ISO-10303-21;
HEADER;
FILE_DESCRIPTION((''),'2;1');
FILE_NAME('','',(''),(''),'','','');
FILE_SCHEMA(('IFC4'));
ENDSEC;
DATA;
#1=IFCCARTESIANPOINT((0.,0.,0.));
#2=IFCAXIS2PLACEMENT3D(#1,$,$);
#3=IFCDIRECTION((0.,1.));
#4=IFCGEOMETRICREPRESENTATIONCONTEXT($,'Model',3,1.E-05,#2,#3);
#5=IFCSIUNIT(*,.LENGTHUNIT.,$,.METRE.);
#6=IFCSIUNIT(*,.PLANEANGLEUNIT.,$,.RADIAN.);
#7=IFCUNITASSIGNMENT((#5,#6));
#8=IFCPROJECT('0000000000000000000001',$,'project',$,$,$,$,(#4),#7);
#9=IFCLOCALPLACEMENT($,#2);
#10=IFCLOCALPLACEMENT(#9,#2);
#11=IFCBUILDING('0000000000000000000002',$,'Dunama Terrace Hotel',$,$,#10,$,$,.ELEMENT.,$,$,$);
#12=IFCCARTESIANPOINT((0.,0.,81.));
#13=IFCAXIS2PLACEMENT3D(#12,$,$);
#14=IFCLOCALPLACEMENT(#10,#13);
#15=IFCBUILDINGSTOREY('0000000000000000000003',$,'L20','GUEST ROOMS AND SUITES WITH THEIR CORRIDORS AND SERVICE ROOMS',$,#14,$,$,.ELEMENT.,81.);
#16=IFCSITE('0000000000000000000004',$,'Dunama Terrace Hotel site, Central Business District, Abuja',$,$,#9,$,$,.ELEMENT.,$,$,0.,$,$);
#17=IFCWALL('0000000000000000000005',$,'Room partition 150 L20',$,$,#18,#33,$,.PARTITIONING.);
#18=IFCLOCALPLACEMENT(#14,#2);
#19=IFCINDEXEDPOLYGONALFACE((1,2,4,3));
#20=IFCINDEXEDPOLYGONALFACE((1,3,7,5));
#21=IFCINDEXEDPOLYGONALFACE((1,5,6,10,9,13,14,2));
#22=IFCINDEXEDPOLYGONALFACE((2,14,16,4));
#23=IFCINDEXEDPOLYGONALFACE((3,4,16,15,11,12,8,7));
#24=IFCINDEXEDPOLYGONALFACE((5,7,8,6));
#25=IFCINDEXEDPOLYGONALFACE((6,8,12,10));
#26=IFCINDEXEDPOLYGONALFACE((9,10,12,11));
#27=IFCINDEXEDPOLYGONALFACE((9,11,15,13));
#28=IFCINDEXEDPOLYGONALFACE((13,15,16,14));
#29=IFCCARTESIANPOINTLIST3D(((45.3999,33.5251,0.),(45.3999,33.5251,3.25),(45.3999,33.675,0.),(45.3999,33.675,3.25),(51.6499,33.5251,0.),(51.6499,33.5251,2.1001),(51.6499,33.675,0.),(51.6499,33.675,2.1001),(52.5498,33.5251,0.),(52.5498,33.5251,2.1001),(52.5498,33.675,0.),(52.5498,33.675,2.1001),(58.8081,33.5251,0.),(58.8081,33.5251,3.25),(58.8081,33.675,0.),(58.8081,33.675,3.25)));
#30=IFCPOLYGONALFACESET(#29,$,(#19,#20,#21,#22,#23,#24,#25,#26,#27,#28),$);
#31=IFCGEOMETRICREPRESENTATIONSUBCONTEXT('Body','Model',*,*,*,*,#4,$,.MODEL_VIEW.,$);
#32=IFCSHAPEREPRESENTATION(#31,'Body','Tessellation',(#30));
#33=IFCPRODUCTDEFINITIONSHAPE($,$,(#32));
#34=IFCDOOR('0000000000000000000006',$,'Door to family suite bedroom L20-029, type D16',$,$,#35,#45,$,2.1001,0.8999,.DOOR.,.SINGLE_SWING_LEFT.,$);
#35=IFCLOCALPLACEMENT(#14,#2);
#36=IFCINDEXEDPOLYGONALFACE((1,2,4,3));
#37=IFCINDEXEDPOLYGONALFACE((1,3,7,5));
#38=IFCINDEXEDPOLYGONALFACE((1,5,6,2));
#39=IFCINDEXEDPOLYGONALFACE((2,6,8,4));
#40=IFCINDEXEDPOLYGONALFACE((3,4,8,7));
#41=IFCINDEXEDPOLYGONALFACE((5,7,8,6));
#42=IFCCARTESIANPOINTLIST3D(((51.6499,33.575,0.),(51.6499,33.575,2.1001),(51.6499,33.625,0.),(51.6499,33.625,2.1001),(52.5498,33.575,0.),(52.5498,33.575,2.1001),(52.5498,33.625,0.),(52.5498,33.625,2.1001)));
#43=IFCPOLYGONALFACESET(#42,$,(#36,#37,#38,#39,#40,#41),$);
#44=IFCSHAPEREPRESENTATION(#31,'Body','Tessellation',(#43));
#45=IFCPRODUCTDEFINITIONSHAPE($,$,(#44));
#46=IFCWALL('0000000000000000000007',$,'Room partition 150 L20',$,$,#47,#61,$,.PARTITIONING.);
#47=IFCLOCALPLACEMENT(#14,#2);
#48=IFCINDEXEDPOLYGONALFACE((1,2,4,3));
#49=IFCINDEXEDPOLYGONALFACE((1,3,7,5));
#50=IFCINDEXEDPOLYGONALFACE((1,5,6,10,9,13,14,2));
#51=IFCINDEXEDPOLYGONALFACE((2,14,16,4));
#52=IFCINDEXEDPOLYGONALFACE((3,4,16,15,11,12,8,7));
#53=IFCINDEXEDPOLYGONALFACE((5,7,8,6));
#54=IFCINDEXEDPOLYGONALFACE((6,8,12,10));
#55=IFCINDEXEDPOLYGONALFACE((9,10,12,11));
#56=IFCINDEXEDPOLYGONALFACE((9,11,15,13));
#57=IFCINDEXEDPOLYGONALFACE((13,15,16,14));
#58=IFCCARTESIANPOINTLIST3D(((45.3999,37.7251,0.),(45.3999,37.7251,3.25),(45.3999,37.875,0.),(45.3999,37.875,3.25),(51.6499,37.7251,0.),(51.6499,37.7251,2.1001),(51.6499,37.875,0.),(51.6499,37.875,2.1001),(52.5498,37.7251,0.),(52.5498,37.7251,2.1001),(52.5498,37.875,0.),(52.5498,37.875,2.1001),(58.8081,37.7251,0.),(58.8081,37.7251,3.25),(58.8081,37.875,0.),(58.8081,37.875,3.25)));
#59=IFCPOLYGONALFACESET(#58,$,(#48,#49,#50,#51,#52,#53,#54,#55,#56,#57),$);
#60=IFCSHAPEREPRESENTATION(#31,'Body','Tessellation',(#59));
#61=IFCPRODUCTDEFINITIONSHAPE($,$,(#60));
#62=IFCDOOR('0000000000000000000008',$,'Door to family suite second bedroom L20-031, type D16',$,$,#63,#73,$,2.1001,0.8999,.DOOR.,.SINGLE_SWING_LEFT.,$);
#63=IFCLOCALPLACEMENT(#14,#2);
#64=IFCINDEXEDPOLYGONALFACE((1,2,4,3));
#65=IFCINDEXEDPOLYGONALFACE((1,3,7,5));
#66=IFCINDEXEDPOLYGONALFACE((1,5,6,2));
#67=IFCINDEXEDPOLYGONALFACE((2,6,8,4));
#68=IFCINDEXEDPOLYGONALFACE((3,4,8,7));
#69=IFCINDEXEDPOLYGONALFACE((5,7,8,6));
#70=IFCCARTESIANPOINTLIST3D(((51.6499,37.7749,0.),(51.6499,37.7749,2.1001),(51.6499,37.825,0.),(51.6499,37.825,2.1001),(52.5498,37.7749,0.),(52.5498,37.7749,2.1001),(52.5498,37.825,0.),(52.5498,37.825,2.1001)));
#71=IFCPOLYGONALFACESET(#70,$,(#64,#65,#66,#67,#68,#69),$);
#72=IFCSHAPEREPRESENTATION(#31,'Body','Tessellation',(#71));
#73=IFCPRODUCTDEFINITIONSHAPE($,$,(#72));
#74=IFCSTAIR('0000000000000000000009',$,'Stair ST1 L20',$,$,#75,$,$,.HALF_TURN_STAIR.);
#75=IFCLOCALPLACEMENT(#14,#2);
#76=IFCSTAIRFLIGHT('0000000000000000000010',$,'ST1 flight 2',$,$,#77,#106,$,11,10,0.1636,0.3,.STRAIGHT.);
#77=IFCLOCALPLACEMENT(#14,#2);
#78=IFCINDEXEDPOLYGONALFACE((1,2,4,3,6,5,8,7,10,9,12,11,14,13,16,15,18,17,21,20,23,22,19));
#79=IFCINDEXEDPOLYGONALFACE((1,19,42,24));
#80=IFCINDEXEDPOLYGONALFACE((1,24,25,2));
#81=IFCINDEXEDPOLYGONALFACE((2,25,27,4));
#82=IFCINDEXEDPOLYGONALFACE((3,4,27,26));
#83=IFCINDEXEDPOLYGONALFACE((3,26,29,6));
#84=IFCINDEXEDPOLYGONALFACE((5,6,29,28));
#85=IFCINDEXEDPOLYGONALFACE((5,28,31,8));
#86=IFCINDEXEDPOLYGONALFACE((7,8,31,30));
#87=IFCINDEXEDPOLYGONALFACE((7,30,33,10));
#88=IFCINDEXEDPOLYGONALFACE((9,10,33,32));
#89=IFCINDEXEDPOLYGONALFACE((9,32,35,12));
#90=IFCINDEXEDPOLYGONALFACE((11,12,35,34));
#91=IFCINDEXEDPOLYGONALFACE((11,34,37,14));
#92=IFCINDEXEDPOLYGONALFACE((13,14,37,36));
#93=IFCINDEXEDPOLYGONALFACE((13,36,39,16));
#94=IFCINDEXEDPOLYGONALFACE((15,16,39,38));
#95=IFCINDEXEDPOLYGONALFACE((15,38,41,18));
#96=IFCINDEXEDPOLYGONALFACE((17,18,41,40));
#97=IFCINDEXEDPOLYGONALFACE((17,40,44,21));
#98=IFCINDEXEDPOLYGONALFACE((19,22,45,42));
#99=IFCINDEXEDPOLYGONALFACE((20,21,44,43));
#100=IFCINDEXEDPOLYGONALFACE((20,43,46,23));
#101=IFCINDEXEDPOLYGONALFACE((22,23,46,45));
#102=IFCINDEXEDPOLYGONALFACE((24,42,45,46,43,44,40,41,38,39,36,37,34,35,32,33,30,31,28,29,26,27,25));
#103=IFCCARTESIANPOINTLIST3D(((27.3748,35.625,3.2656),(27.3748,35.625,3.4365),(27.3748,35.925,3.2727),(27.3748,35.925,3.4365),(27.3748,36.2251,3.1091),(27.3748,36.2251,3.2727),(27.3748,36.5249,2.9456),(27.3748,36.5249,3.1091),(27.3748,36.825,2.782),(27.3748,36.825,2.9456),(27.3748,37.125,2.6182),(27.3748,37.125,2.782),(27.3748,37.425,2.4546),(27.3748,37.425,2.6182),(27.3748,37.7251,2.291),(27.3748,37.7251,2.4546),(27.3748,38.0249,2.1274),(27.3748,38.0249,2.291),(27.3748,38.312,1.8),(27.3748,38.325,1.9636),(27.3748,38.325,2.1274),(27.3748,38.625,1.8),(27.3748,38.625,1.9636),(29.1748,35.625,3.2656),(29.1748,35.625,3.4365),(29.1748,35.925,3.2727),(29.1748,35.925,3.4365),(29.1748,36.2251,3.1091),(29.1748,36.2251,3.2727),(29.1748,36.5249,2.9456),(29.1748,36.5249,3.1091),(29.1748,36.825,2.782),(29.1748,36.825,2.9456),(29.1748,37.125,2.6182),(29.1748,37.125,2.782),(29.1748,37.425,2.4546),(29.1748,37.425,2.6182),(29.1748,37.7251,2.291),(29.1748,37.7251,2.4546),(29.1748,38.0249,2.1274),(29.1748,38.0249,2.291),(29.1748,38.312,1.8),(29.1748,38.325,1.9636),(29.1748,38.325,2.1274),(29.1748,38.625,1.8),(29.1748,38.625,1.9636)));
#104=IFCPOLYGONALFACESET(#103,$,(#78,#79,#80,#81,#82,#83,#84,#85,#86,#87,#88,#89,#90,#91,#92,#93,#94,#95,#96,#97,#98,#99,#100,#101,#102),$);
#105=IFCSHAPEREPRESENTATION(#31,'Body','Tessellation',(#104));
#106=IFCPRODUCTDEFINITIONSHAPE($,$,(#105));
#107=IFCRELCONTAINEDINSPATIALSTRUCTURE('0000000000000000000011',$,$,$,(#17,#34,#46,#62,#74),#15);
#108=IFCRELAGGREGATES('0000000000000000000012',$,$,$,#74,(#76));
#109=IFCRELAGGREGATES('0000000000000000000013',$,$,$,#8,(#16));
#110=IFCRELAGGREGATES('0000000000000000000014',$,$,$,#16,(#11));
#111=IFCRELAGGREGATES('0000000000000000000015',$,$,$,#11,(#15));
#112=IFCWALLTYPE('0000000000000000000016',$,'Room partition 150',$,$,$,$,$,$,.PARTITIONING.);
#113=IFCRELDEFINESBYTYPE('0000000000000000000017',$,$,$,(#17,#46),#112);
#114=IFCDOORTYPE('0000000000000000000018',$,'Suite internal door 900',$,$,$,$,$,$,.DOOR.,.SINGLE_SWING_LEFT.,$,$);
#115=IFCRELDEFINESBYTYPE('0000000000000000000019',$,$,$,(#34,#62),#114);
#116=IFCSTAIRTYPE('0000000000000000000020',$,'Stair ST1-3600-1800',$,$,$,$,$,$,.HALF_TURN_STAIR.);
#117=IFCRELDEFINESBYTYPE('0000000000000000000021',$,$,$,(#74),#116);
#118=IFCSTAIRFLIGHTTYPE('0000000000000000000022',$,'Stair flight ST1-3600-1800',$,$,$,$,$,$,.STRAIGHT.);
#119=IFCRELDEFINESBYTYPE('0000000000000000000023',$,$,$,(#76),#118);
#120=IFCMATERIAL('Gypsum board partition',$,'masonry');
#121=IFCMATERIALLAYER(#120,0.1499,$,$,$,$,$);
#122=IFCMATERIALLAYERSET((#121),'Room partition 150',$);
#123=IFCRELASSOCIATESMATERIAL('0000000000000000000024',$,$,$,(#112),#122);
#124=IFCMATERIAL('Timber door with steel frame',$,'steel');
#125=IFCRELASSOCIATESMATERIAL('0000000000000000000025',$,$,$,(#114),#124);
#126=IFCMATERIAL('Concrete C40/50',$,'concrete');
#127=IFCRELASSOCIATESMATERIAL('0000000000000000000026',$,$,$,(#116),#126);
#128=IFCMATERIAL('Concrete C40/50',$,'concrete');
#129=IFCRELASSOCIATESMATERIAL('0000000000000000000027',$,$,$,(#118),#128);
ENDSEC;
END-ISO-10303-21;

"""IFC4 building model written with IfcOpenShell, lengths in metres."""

from ifc_helpers import new_model, si_unit, direction, frame, frame_2d, origin, place, context, subcontext, project, spatial, polyline, rectangle, outline, extrude, material, layer, layer_set, type_object, element, fill, aggregate, save


model = new_model("IFC4")

# Units and contexts
model_context = context("Model", 3, precision=1e-05, world=origin(), true_north=direction((0.0, 1.0)))
body_context = subcontext(model_context, "Body", "Model", "MODEL_VIEW")
ifc_project = project(units=[si_unit("LENGTHUNIT", "METRE"), si_unit("PLANEANGLEUNIT", "RADIAN")], contexts=[model_context])

# Site, building, storey
site_placement = place(None, origin())
site = spatial("IfcSite", under=ifc_project, at=site_placement, Name="Dunama Terrace Hotel site, Central Business District, Abuja", CompositionType="ELEMENT", RefElevation=0.0)
building_placement = place(site_placement, origin())
building = spatial("IfcBuilding", under=site, at=building_placement, Name="Dunama Terrace Hotel", CompositionType="ELEMENT")
storey_placement = place(building_placement, frame((0.0, 0.0, 81.0)))
storey = spatial("IfcBuildingStorey", under=building, at=storey_placement, Name="L20", Description="GUEST ROOMS AND SUITES WITH THEIR CORRIDORS AND SERVICE ROOMS", CompositionType="ELEMENT", Elevation=81.0)

# Walls, openings, doors
ifc_material_1 = material(Name="Gypsum board partition", Category="masonry")
ifc_layer_1 = layer(ifc_material_1, 0.1499)
ifc_layer_set_1 = layer_set([ifc_layer_1], Name="Room partition 150")
wall_type_1 = type_object("IfcWallType", Name="Room partition 150", PredefinedType="PARTITIONING", material=ifc_layer_set_1)
wall_1_placement = place(storey_placement, frame((45.3999, 33.6001, 0.0), z_axis=(0.0, 0.0, 1.0), x_axis=(1.0, 0.0, 0.0)))
wall_1 = element("IfcWall", 1, at=wall_1_placement, inside=storey, type_object=wall_type_1, Name="Room partition 150 L20", PredefinedType="PARTITIONING", context=body_context, shape_type="SweptSolid", body=[
    extrude(rectangle(XDim=13.4082, YDim=0.1499, at=frame_2d((6.7041, 0.0))), origin(), (0.0, 0.0, 1.0), 3.25),
])
opening_1_placement = place(wall_1_placement, frame((6.25, 0.0, 0.0)))
opening_1 = element("IfcOpeningElement", 2, at=opening_1_placement, cuts=wall_1, PredefinedType="OPENING", context=body_context, shape_type="SweptSolid", body=[
    extrude(rectangle(XDim=0.8999, YDim=2.1001, at=frame_2d((0.45, 1.05))), frame((0.0, 0.085, 0.0), z_axis=(0.0, -1.0, 0.0), x_axis=(1.0, 0.0, 0.0)), (0.0, 0.0, 1.0), 0.1699),
])
ifc_material_2 = material(Name="Timber door with steel frame", Category="steel")
door_type_1 = type_object("IfcDoorType", Name="Suite internal door 900", OperationType="SINGLE_SWING_LEFT", PredefinedType="DOOR", material=ifc_material_2)
door_1_placement = place(opening_1_placement, frame((0.8999, 0.0, 0.0), z_axis=(0.0, 0.0, 1.0), x_axis=(-1.0, 0.0, 0.0)))
door_1 = element("IfcDoor", 3, at=door_1_placement, inside=storey, type_object=door_type_1, Name="Door to family suite bedroom L20-029, type D16", OperationType="SINGLE_SWING_LEFT", OverallHeight=2.1001, OverallWidth=0.8999, PredefinedType="DOOR", context=body_context, shape_type="SweptSolid", body=[
    extrude(rectangle(XDim=0.8999, YDim=2.1001, at=frame_2d((0.45, 1.05))), frame((0.0, 0.0251, 0.0), z_axis=(0.0, -1.0, 0.0), x_axis=(1.0, 0.0, 0.0)), (0.0, 0.0, 1.0), 0.05),
])
fill(opening_1, door_1)
wall_2_placement = place(storey_placement, frame((45.3999, 37.8, 0.0), z_axis=(0.0, 0.0, 1.0), x_axis=(1.0, 0.0, 0.0)))
wall_2 = element("IfcWall", 4, at=wall_2_placement, inside=storey, type_object=wall_type_1, Name="Room partition 150 L20", PredefinedType="PARTITIONING", context=body_context, shape_type="SweptSolid", body=[
    extrude(rectangle(XDim=13.4082, YDim=0.1499, at=frame_2d((6.7041, 0.0))), origin(), (0.0, 0.0, 1.0), 3.25),
])
opening_2_placement = place(wall_2_placement, frame((6.25, 0.0, 0.0)))
opening_2 = element("IfcOpeningElement", 5, at=opening_2_placement, cuts=wall_2, PredefinedType="OPENING", context=body_context, shape_type="SweptSolid", body=[
    extrude(rectangle(XDim=0.8999, YDim=2.1001, at=frame_2d((0.45, 1.05))), frame((0.0, 0.085, 0.0), z_axis=(0.0, -1.0, 0.0), x_axis=(1.0, 0.0, 0.0)), (0.0, 0.0, 1.0), 0.1699),
])
door_2_placement = place(opening_2_placement, origin())
door_2 = element("IfcDoor", 6, at=door_2_placement, inside=storey, type_object=door_type_1, Name="Door to family suite second bedroom L20-031, type D16", OperationType="SINGLE_SWING_LEFT", OverallHeight=2.1001, OverallWidth=0.8999, PredefinedType="DOOR", context=body_context, shape_type="SweptSolid", body=[
    extrude(rectangle(XDim=0.8999, YDim=2.1001, at=frame_2d((0.45, 1.05))), frame((0.0, 0.0249, 0.0), z_axis=(0.0, -1.0, 0.0), x_axis=(1.0, 0.0, 0.0)), (0.0, 0.0, 1.0), 0.05),
])
fill(opening_2, door_2)

# Stair, stair flight
ifc_material_3 = material(Name="Concrete C40/50", Category="concrete")
stair_type = type_object("IfcStairType", Name="Stair ST1-3600-1800", PredefinedType="HALF_TURN_STAIR", material=ifc_material_3)
stair_placement = place(storey_placement, origin())
stair = element("IfcStair", 7, at=stair_placement, inside=storey, type_object=stair_type, Name="Stair ST1 L20", PredefinedType="HALF_TURN_STAIR")
ifc_material_4 = material(Name="Concrete C40/50", Category="concrete")
stair_flight_type = type_object("IfcStairFlightType", Name="Stair flight ST1-3600-1800", PredefinedType="STRAIGHT", material=ifc_material_4)
stair_flight_placement = place(storey_placement, frame((28.2749, 38.625, 1.8), z_axis=(0.0, 0.0, 1.0), x_axis=(0.0, -1.0, 0.0)))
stair_flight = element("IfcStairFlight", 8, at=stair_flight_placement, type_object=stair_flight_type, Name="ST1 flight 2", NumberOfRisers=11, NumberOfTreads=10, PredefinedType="STRAIGHT", RiserHeight=0.1636, TreadLength=0.3, context=body_context, shape_type="SweptSolid", body=[
    extrude(outline(polyline([(0.0, 0.0), (0.0, 0.1636), (0.3, 0.1636), (0.3, 0.3274), (0.6001, 0.3274), (0.6001, 0.491), (0.8999, 0.491), (0.8999, 0.6545), (1.2, 0.6545), (1.2, 0.8181), (1.5, 0.8181), (1.5, 0.9819), (1.8, 0.9819), (1.8, 1.1455), (2.1001, 1.1455), (2.1001, 1.3091), (2.3999, 1.3091), (2.3999, 1.4727), (2.7, 1.4727), (2.7, 1.6365), (3.0, 1.6365), (3.0, 1.8), (3.0, 1.4656), (0.313, 0.0), (0.0, 0.0)])), frame((0.0, 0.8999, 0.0), z_axis=(0.0, -1.0, 0.0), x_axis=(1.0, 0.0, 0.0)), (0.0, 0.0, 1.0), 1.8),
])
aggregate(stair, [stair_flight])

save(model, "model.ifc")
